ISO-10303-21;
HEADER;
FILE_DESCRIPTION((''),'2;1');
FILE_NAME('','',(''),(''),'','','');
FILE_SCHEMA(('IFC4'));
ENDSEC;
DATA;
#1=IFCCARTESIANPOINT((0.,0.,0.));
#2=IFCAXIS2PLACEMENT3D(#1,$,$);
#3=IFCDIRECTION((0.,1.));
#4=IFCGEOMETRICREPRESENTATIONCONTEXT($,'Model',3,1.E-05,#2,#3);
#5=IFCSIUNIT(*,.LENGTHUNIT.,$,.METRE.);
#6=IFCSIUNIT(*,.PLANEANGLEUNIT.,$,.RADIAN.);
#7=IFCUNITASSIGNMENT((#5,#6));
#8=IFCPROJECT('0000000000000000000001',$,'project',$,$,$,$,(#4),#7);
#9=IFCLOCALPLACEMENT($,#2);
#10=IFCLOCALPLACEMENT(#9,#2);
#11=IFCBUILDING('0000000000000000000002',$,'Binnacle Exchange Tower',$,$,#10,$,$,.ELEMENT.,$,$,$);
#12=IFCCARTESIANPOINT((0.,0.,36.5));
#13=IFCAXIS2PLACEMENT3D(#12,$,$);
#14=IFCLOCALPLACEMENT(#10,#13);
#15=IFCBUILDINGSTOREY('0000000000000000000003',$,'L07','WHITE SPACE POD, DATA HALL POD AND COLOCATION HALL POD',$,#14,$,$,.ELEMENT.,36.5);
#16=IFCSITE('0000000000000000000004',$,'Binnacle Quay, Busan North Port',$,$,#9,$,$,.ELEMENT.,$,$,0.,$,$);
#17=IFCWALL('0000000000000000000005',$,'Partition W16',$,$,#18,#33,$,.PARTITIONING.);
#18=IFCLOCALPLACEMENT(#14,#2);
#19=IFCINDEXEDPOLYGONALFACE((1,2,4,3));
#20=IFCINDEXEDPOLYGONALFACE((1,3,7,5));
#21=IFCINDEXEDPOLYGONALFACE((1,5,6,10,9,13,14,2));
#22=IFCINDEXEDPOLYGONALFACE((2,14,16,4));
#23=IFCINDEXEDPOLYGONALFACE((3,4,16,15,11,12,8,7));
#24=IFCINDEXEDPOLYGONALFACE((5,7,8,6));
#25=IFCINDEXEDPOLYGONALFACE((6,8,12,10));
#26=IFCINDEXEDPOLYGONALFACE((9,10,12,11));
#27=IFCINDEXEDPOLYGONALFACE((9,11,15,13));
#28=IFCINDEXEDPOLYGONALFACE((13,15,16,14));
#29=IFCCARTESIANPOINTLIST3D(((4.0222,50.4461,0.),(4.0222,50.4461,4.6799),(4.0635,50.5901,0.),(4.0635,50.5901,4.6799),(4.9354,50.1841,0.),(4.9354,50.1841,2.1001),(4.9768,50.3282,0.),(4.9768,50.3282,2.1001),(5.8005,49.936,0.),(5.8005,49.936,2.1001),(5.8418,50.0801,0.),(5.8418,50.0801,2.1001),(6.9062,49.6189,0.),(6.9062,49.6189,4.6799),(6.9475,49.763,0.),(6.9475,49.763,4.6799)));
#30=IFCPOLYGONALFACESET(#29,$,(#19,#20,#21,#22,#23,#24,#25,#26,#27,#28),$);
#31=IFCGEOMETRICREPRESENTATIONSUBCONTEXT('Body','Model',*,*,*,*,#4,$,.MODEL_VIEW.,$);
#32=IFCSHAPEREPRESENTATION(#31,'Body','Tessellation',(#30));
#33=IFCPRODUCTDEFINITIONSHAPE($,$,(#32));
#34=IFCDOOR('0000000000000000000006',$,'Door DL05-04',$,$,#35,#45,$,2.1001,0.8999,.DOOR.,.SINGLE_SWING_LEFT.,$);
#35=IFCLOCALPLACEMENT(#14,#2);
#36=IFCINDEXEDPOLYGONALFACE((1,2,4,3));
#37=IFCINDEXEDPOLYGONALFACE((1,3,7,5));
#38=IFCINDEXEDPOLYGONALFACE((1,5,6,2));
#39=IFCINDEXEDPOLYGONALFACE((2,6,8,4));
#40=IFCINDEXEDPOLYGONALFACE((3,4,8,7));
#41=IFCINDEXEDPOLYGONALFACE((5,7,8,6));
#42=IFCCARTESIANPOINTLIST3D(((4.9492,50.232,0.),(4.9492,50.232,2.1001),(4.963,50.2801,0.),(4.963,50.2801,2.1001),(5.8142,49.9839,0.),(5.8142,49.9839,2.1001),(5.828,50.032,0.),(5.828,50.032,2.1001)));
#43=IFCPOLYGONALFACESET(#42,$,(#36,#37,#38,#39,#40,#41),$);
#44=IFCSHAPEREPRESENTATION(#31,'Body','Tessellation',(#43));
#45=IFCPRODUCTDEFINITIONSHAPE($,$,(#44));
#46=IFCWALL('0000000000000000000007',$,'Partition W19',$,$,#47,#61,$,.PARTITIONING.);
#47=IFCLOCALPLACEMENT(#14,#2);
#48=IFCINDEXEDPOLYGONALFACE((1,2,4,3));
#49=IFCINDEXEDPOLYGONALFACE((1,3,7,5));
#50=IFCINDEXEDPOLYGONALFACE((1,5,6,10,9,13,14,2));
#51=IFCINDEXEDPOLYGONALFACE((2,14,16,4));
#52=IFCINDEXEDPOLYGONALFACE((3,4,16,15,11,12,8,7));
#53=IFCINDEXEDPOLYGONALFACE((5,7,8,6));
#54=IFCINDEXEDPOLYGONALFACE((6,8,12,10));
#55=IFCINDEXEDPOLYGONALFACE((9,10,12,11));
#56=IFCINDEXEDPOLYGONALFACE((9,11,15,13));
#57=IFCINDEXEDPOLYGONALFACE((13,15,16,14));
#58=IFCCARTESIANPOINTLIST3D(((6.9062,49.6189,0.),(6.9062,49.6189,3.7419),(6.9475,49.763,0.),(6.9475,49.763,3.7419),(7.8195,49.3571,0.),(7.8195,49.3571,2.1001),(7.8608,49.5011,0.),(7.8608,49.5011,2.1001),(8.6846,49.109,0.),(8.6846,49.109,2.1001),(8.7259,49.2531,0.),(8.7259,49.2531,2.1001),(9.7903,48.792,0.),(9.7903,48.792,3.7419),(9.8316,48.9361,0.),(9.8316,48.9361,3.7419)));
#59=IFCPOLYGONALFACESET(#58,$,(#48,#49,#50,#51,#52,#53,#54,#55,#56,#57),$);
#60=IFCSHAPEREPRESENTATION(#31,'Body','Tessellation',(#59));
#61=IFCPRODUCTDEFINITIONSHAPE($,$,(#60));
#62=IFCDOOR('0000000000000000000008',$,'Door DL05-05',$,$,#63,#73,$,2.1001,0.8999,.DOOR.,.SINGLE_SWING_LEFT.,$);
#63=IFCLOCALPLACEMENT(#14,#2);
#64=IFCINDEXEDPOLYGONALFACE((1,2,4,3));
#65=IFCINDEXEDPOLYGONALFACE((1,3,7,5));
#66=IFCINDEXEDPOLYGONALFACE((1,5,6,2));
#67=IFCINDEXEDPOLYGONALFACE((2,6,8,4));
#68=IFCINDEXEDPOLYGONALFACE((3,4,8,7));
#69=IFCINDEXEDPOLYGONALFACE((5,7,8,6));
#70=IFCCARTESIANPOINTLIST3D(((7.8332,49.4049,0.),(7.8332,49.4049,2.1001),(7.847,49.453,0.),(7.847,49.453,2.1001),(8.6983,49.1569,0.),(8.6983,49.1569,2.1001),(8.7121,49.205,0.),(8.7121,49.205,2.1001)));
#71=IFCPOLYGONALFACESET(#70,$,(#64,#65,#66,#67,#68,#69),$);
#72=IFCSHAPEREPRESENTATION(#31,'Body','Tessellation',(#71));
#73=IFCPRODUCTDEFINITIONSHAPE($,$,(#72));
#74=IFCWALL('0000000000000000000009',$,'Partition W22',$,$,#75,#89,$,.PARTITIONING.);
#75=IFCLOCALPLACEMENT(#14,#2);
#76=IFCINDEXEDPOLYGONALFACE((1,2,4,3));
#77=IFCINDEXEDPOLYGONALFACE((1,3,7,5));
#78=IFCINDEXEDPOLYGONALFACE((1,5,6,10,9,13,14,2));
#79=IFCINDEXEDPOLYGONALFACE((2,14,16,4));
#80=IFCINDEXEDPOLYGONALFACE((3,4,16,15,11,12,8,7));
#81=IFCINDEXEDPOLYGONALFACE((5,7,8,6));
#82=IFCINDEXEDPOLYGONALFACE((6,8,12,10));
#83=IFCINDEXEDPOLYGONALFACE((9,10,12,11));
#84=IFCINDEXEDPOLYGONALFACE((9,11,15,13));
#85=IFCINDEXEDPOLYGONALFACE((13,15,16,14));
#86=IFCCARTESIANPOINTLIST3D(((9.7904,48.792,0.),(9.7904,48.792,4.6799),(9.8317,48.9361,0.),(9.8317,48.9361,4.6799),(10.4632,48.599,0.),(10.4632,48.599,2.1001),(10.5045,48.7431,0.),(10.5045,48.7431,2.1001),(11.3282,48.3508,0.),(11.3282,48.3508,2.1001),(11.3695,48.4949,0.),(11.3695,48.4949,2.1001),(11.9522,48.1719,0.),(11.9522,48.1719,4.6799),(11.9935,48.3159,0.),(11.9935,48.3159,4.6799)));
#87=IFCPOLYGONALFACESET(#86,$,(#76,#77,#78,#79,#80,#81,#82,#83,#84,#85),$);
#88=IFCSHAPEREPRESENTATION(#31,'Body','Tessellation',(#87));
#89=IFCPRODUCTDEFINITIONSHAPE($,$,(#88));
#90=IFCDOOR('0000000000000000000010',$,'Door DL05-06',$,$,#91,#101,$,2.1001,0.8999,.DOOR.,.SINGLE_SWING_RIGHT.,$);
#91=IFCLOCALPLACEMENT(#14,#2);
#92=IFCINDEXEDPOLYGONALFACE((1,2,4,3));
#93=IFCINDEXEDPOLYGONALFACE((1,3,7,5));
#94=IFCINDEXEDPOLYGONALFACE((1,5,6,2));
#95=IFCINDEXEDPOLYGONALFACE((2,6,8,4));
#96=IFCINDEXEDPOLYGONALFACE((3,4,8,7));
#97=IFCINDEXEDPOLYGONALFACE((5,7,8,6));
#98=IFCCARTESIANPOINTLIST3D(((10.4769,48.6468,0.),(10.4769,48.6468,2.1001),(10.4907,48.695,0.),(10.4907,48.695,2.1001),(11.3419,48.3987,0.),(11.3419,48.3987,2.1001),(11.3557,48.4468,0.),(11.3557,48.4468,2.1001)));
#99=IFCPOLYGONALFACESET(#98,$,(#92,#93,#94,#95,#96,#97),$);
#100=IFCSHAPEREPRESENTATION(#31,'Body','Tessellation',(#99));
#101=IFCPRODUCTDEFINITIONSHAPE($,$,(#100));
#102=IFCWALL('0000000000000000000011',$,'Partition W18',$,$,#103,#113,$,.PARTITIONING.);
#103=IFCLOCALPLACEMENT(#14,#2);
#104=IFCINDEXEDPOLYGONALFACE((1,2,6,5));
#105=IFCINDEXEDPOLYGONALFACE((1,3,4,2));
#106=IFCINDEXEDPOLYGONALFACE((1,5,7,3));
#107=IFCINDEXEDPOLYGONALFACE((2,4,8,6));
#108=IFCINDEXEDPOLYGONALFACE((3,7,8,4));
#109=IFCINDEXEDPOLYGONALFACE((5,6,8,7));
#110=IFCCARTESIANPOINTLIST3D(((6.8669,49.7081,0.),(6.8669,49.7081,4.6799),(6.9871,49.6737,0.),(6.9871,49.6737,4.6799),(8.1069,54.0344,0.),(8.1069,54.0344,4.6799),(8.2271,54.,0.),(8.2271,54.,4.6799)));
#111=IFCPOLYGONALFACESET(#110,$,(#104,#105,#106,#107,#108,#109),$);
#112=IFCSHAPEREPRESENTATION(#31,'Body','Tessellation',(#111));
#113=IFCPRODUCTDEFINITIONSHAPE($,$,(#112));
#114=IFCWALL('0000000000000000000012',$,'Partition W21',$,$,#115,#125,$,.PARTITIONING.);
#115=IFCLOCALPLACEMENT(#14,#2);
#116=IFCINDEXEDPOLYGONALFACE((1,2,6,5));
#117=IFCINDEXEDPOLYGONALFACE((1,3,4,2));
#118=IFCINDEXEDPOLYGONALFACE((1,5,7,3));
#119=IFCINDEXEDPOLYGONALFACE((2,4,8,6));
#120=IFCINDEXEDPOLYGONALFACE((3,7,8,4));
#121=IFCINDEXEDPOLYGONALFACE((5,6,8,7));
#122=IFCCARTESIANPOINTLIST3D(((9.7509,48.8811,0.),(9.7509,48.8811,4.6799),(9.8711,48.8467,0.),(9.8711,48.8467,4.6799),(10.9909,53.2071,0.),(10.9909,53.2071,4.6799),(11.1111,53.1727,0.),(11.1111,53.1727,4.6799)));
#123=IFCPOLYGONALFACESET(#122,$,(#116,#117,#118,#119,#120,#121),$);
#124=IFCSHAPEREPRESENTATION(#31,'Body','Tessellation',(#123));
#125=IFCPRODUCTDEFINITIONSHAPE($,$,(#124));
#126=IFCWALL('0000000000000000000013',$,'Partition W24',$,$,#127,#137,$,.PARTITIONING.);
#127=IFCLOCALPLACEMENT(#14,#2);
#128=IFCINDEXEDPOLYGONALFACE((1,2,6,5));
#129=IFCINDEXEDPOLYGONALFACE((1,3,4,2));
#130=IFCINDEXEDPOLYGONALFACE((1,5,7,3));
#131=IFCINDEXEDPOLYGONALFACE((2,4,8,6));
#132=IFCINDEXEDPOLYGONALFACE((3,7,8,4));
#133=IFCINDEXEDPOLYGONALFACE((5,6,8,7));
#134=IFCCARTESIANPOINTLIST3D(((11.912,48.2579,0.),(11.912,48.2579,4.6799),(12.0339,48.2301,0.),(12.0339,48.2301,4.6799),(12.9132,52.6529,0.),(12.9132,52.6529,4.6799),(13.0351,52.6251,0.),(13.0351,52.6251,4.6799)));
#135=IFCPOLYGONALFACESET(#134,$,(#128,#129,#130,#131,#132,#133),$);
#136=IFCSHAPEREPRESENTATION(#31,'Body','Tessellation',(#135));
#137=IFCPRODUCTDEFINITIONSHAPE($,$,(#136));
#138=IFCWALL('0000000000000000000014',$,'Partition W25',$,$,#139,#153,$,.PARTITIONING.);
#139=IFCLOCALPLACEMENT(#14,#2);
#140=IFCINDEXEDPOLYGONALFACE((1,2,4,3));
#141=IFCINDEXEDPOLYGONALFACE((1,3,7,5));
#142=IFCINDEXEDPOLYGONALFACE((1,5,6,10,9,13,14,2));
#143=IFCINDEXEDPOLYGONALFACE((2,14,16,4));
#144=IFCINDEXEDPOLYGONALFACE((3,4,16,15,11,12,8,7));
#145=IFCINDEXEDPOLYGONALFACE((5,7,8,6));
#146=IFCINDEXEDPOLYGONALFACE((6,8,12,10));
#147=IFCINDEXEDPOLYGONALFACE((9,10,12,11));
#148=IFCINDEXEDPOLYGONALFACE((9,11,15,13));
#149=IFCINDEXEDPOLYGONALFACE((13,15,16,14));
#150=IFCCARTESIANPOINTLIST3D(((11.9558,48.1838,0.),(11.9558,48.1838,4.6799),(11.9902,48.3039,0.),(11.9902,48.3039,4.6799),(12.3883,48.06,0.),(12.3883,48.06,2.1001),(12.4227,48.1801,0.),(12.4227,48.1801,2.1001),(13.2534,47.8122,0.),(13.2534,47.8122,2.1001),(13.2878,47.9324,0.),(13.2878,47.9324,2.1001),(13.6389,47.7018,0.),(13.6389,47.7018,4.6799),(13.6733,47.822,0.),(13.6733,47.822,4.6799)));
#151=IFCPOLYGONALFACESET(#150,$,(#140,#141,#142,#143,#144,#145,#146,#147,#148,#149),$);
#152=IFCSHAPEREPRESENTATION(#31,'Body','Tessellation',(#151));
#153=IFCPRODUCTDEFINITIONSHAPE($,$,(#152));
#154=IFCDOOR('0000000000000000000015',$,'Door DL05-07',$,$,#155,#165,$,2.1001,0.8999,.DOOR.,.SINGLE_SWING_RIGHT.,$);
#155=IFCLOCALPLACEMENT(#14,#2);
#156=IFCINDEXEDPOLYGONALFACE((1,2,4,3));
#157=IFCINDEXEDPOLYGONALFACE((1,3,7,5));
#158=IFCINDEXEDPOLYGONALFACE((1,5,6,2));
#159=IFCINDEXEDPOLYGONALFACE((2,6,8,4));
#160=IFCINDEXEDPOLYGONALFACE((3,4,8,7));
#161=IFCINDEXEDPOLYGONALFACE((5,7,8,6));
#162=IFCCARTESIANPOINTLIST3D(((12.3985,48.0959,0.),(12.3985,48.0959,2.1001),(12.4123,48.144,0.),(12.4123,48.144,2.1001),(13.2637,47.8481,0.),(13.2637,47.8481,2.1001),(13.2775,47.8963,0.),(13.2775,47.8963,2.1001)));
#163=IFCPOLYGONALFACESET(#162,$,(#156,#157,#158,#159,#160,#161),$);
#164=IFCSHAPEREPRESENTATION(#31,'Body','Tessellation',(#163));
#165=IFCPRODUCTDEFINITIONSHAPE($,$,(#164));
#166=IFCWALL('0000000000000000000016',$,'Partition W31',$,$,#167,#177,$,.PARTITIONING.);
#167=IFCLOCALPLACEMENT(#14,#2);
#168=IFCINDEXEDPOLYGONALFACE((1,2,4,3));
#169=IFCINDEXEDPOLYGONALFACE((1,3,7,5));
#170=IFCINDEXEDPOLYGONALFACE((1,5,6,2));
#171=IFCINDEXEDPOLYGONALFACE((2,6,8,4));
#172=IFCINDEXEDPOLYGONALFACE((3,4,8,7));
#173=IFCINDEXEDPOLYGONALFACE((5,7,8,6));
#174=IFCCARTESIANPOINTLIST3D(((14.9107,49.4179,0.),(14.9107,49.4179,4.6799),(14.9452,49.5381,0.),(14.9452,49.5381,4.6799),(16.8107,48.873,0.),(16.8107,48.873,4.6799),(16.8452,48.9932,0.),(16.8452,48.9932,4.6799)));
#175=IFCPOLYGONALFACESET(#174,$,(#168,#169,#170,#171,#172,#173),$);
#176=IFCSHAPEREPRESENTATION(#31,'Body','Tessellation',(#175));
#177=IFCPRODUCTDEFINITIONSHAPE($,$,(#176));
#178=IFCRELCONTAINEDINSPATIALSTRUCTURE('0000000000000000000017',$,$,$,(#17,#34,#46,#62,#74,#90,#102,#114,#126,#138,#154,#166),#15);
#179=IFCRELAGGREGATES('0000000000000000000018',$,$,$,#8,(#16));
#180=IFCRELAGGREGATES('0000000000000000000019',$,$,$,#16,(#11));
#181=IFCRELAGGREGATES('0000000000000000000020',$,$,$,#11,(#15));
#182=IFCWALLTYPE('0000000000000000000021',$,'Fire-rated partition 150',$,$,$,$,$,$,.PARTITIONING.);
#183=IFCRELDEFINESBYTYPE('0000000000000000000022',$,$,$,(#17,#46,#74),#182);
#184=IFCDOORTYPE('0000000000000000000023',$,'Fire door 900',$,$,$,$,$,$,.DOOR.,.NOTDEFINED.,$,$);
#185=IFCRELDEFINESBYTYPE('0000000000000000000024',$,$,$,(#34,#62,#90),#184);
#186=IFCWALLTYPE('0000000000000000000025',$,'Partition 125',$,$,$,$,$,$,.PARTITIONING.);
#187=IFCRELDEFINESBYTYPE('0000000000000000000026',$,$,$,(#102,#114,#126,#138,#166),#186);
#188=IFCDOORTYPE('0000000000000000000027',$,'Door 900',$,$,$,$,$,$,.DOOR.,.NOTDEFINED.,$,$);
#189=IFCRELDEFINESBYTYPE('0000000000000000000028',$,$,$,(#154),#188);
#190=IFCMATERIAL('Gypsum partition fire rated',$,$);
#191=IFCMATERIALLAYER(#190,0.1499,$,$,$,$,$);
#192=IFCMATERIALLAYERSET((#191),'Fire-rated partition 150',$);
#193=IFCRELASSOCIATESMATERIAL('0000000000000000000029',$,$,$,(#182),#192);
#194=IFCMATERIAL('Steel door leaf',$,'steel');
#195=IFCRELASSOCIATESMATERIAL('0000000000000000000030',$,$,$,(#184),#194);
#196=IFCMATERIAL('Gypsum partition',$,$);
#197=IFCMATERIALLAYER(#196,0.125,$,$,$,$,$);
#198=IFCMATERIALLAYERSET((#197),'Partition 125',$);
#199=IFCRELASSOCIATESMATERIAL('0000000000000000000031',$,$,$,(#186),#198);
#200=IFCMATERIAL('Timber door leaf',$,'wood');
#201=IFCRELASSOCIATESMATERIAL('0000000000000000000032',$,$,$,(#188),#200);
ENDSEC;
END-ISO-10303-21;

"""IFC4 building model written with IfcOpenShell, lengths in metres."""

from ifc_helpers import new_model, si_unit, direction, frame, frame_2d, origin, place, context, subcontext, project, spatial, rectangle, extrude, material, layer, layer_set, type_object, element, fill, save


model = new_model("IFC4")

# Units and contexts
model_context = context("Model", 3, precision=1e-05, world=origin(), true_north=direction((0.0, 1.0)))
body_context = subcontext(model_context, "Body", "Model", "MODEL_VIEW")
ifc_project = project(units=[si_unit("LENGTHUNIT", "METRE"), si_unit("PLANEANGLEUNIT", "RADIAN")], contexts=[model_context])

# Site, building, storey
site_placement = place(None, origin())
site = spatial("IfcSite", under=ifc_project, at=site_placement, Name="Binnacle Quay, Busan North Port", CompositionType="ELEMENT", RefElevation=0.0)
building_placement = place(site_placement, origin())
building = spatial("IfcBuilding", under=site, at=building_placement, Name="Binnacle Exchange Tower", CompositionType="ELEMENT")
storey_placement = place(building_placement, frame((0.0, 0.0, 36.5)))
storey = spatial("IfcBuildingStorey", under=building, at=storey_placement, Name="L07", Description="WHITE SPACE POD, DATA HALL POD AND COLOCATION HALL POD", CompositionType="ELEMENT", Elevation=36.5)

# Shared definitions
ifc_material_1 = material(Name="Steel door leaf", Category="steel")

# Walls, openings, doors
ifc_material_2 = material(Name="Gypsum partition fire rated")
ifc_layer_1 = layer(ifc_material_2, 0.1499)
ifc_layer_set_1 = layer_set([ifc_layer_1], Name="Fire-rated partition 150")
wall_type_1 = type_object("IfcWallType", Name="Fire-rated partition 150", PredefinedType="PARTITIONING", material=ifc_layer_set_1)
wall_1_placement = place(storey_placement, frame((4.043, 50.5181, 0.0), z_axis=(0.0, 0.0, 1.0), x_axis=(0.961247, -0.275688, 0.0)))
wall_1 = element("IfcWall", 1, at=wall_1_placement, inside=storey, type_object=wall_type_1, Name="Partition W16", PredefinedType="PARTITIONING", context=body_context, shape_type="SweptSolid", body=[
    extrude(rectangle(XDim=3.0002, YDim=0.1499, at=frame_2d((1.5, 0.0))), origin(), (0.0, 0.0, 1.0), 4.6799),
])
opening_1_placement = place(wall_1_placement, frame((0.95, 0.0, 0.0)))
opening_1 = element("IfcOpeningElement", 2, at=opening_1_placement, cuts=wall_1, PredefinedType="OPENING", context=body_context, shape_type="SweptSolid", body=[
    extrude(rectangle(XDim=0.8999, YDim=2.1001, at=frame_2d((0.45, 1.05))), frame((0.0, 0.085, 0.0), z_axis=(0.0, -1.0, 0.0), x_axis=(1.0, 0.0, 0.0)), (0.0, 0.0, 1.0), 0.1699),
])
door_type_1 = type_object("IfcDoorType", Name="Fire door 900", OperationType="NOTDEFINED", PredefinedType="DOOR", material=ifc_material_1)
door_1_placement = place(opening_1_placement, origin())
door_1 = element("IfcDoor", 3, at=door_1_placement, inside=storey, type_object=door_type_1, Name="Door DL05-04", OperationType="SINGLE_SWING_LEFT", OverallHeight=2.1001, OverallWidth=0.8999, PredefinedType="DOOR", context=body_context, shape_type="SweptSolid", body=[
    extrude(rectangle(XDim=0.8999, YDim=2.1001, at=frame_2d((0.45, 1.05))), frame((0.0, 0.0249, 0.0), z_axis=(0.0, -1.0, 0.0), x_axis=(1.0, 0.0, 0.0)), (0.0, 0.0, 1.0), 0.05),
])
fill(opening_1, door_1)
wall_2_placement = place(storey_placement, frame((6.927, 49.6909, 0.0), z_axis=(0.0, 0.0, 1.0), x_axis=(0.961269, -0.275613, 0.0)))
wall_2 = element("IfcWall", 4, at=wall_2_placement, inside=storey, type_object=wall_type_1, Name="Partition W19", PredefinedType="PARTITIONING", context=body_context, shape_type="SweptSolid", body=[
    extrude(rectangle(XDim=3.0002, YDim=0.1499, at=frame_2d((1.5, 0.0))), origin(), (0.0, 0.0, 1.0), 3.7419),
])
opening_2_placement = place(wall_2_placement, frame((0.95, 0.0, 0.0)))
opening_2 = element("IfcOpeningElement", 5, at=opening_2_placement, cuts=wall_2, PredefinedType="OPENING", context=body_context, shape_type="SweptSolid", body=[
    extrude(rectangle(XDim=0.8999, YDim=2.1001, at=frame_2d((0.45, 1.05))), frame((0.0, 0.085, 0.0), z_axis=(0.0, -1.0, 0.0), x_axis=(1.0, 0.0, 0.0)), (0.0, 0.0, 1.0), 0.1699),
])
door_2_placement = place(opening_2_placement, origin())
door_2 = element("IfcDoor", 6, at=door_2_placement, inside=storey, type_object=door_type_1, Name="Door DL05-05", OperationType="SINGLE_SWING_LEFT", OverallHeight=2.1001, OverallWidth=0.8999, PredefinedType="DOOR", context=body_context, shape_type="SweptSolid", body=[
    extrude(rectangle(XDim=0.8999, YDim=2.1001, at=frame_2d((0.45, 1.05))), frame((0.0, 0.0249, 0.0), z_axis=(0.0, -1.0, 0.0), x_axis=(1.0, 0.0, 0.0)), (0.0, 0.0, 1.0), 0.05),
])
fill(opening_2, door_2)
wall_3_placement = place(storey_placement, frame((9.811, 48.864, 0.0), z_axis=(0.0, 0.0, 1.0), x_axis=(0.961237, -0.275725, 0.0)))
wall_3 = element("IfcWall", 7, at=wall_3_placement, inside=storey, type_object=wall_type_1, Name="Partition W22", PredefinedType="PARTITIONING", context=body_context, shape_type="SweptSolid", body=[
    extrude(rectangle(XDim=2.249, YDim=0.1499, at=frame_2d((1.1245, 0.0))), origin(), (0.0, 0.0, 1.0), 4.6799),
])
opening_3_placement = place(wall_3_placement, frame((0.7, 0.0, 0.0)))
opening_3 = element("IfcOpeningElement", 8, at=opening_3_placement, cuts=wall_3, PredefinedType="OPENING", context=body_context, shape_type="SweptSolid", body=[
    extrude(rectangle(XDim=0.8999, YDim=2.1001, at=frame_2d((0.45, 1.05))), frame((0.0, 0.085, 0.0), z_axis=(0.0, -1.0, 0.0), x_axis=(1.0, 0.0, 0.0)), (0.0, 0.0, 1.0), 0.1699),
])
door_3_placement = place(opening_3_placement, origin())
door_3 = element("IfcDoor", 9, at=door_3_placement, inside=storey, type_object=door_type_1, Name="Door DL05-06", OperationType="SINGLE_SWING_RIGHT", OverallHeight=2.1001, OverallWidth=0.8999, PredefinedType="DOOR", context=body_context, shape_type="SweptSolid", body=[
    extrude(rectangle(XDim=0.8999, YDim=2.1001, at=frame_2d((0.45, 1.05))), frame((0.0, 0.0249, 0.0), z_axis=(0.0, -1.0, 0.0), x_axis=(1.0, 0.0, 0.0)), (0.0, 0.0, 1.0), 0.05),
])
fill(opening_3, door_3)

# Walls
ifc_material_3 = material(Name="Gypsum partition")
ifc_layer_2 = layer(ifc_material_3, 0.125)
ifc_layer_set_2 = layer_set([ifc_layer_2], Name="Partition 125")
wall_type_2 = type_object("IfcWallType", Name="Partition 125", PredefinedType="PARTITIONING", material=ifc_layer_set_2)
wall_4_placement = place(storey_placement, frame((6.927, 49.6909, 0.0), z_axis=(0.0, 0.0, 1.0), x_axis=(0.275531, 0.961292, 0.0)))
element("IfcWall", 10, at=wall_4_placement, inside=storey, type_object=wall_type_2, Name="Partition W18", PredefinedType="PARTITIONING", context=body_context, shape_type="SweptSolid", body=[
    extrude(rectangle(XDim=4.5005, YDim=0.125, at=frame_2d((2.2502, 0.0))), origin(), (0.0, 0.0, 1.0), 4.6799),
])
wall_5_placement = place(storey_placement, frame((9.811, 48.864, 0.0), z_axis=(0.0, 0.0, 1.0), x_axis=(0.275545, 0.961288, 0.0)))
element("IfcWall", 11, at=wall_5_placement, inside=storey, type_object=wall_type_2, Name="Partition W21", PredefinedType="PARTITIONING", context=body_context, shape_type="SweptSolid", body=[
    extrude(rectangle(XDim=4.5002, YDim=0.125, at=frame_2d((2.25, 0.0))), origin(), (0.0, 0.0, 1.0), 4.6799),
])
wall_6_placement = place(storey_placement, frame((11.9729, 48.2439, 0.0), z_axis=(0.0, 0.0, 1.0), x_axis=(0.222117, 0.97502, 0.0)))
element("IfcWall", 12, at=wall_6_placement, inside=storey, type_object=wall_type_2, Name="Partition W24", PredefinedType="PARTITIONING", context=body_context, shape_type="SweptSolid", body=[
    extrude(rectangle(XDim=4.5076, YDim=0.125, at=frame_2d((2.2539, 0.0))), origin(), (0.0, 0.0, 1.0), 4.6799),
])

# Wall, opening, door
wall_7_placement = place(storey_placement, frame((11.9729, 48.2439, 0.0), z_axis=(0.0, 0.0, 1.0), x_axis=(0.961366, -0.275274, 0.0)))
wall_7 = element("IfcWall", 13, at=wall_7_placement, inside=storey, type_object=wall_type_2, Name="Partition W25", PredefinedType="PARTITIONING", context=body_context, shape_type="SweptSolid", body=[
    extrude(rectangle(XDim=1.7507, YDim=0.125, at=frame_2d((0.8755, 0.0))), origin(), (0.0, 0.0, 1.0), 4.6799),
])
opening_4_placement = place(wall_7_placement, frame((0.45, 0.0, 0.0)))
opening_4 = element("IfcOpeningElement", 14, at=opening_4_placement, cuts=wall_7, PredefinedType="OPENING", context=body_context, shape_type="SweptSolid", body=[
    extrude(rectangle(XDim=0.8999, YDim=2.1001, at=frame_2d((0.45, 1.05))), frame((0.0, 0.0725, 0.0), z_axis=(0.0, -1.0, 0.0), x_axis=(1.0, 0.0, 0.0)), (0.0, 0.0, 1.0), 0.145),
])
ifc_material_4 = material(Name="Timber door leaf", Category="wood")
door_type_2 = type_object("IfcDoorType", Name="Door 900", OperationType="NOTDEFINED", PredefinedType="DOOR", material=ifc_material_4)
door_4_placement = place(opening_4_placement, origin())
door_4 = element("IfcDoor", 15, at=door_4_placement, inside=storey, type_object=door_type_2, Name="Door DL05-07", OperationType="SINGLE_SWING_RIGHT", OverallHeight=2.1001, OverallWidth=0.8999, PredefinedType="DOOR", context=body_context, shape_type="SweptSolid", body=[
    extrude(rectangle(XDim=0.8999, YDim=2.1001, at=frame_2d((0.45, 1.05))), frame((0.0, 0.0249, 0.0), z_axis=(0.0, -1.0, 0.0), x_axis=(1.0, 0.0, 0.0)), (0.0, 0.0, 1.0), 0.05),
])
fill(opening_4, door_4)

# Wall
wall_8_placement = place(storey_placement, frame((14.928, 49.478, 0.0), z_axis=(0.0, 0.0, 1.0), x_axis=(0.961244, -0.2757, 0.0)))
element("IfcWall", 16, at=wall_8_placement, inside=storey, type_object=wall_type_2, Name="Partition W31", PredefinedType="PARTITIONING", context=body_context, shape_type="SweptSolid", body=[
    extrude(rectangle(XDim=1.9766, YDim=0.125, at=frame_2d((0.9883, 0.0))), origin(), (0.0, 0.0, 1.0), 4.6799),
])

save(model, "model.ifc")
